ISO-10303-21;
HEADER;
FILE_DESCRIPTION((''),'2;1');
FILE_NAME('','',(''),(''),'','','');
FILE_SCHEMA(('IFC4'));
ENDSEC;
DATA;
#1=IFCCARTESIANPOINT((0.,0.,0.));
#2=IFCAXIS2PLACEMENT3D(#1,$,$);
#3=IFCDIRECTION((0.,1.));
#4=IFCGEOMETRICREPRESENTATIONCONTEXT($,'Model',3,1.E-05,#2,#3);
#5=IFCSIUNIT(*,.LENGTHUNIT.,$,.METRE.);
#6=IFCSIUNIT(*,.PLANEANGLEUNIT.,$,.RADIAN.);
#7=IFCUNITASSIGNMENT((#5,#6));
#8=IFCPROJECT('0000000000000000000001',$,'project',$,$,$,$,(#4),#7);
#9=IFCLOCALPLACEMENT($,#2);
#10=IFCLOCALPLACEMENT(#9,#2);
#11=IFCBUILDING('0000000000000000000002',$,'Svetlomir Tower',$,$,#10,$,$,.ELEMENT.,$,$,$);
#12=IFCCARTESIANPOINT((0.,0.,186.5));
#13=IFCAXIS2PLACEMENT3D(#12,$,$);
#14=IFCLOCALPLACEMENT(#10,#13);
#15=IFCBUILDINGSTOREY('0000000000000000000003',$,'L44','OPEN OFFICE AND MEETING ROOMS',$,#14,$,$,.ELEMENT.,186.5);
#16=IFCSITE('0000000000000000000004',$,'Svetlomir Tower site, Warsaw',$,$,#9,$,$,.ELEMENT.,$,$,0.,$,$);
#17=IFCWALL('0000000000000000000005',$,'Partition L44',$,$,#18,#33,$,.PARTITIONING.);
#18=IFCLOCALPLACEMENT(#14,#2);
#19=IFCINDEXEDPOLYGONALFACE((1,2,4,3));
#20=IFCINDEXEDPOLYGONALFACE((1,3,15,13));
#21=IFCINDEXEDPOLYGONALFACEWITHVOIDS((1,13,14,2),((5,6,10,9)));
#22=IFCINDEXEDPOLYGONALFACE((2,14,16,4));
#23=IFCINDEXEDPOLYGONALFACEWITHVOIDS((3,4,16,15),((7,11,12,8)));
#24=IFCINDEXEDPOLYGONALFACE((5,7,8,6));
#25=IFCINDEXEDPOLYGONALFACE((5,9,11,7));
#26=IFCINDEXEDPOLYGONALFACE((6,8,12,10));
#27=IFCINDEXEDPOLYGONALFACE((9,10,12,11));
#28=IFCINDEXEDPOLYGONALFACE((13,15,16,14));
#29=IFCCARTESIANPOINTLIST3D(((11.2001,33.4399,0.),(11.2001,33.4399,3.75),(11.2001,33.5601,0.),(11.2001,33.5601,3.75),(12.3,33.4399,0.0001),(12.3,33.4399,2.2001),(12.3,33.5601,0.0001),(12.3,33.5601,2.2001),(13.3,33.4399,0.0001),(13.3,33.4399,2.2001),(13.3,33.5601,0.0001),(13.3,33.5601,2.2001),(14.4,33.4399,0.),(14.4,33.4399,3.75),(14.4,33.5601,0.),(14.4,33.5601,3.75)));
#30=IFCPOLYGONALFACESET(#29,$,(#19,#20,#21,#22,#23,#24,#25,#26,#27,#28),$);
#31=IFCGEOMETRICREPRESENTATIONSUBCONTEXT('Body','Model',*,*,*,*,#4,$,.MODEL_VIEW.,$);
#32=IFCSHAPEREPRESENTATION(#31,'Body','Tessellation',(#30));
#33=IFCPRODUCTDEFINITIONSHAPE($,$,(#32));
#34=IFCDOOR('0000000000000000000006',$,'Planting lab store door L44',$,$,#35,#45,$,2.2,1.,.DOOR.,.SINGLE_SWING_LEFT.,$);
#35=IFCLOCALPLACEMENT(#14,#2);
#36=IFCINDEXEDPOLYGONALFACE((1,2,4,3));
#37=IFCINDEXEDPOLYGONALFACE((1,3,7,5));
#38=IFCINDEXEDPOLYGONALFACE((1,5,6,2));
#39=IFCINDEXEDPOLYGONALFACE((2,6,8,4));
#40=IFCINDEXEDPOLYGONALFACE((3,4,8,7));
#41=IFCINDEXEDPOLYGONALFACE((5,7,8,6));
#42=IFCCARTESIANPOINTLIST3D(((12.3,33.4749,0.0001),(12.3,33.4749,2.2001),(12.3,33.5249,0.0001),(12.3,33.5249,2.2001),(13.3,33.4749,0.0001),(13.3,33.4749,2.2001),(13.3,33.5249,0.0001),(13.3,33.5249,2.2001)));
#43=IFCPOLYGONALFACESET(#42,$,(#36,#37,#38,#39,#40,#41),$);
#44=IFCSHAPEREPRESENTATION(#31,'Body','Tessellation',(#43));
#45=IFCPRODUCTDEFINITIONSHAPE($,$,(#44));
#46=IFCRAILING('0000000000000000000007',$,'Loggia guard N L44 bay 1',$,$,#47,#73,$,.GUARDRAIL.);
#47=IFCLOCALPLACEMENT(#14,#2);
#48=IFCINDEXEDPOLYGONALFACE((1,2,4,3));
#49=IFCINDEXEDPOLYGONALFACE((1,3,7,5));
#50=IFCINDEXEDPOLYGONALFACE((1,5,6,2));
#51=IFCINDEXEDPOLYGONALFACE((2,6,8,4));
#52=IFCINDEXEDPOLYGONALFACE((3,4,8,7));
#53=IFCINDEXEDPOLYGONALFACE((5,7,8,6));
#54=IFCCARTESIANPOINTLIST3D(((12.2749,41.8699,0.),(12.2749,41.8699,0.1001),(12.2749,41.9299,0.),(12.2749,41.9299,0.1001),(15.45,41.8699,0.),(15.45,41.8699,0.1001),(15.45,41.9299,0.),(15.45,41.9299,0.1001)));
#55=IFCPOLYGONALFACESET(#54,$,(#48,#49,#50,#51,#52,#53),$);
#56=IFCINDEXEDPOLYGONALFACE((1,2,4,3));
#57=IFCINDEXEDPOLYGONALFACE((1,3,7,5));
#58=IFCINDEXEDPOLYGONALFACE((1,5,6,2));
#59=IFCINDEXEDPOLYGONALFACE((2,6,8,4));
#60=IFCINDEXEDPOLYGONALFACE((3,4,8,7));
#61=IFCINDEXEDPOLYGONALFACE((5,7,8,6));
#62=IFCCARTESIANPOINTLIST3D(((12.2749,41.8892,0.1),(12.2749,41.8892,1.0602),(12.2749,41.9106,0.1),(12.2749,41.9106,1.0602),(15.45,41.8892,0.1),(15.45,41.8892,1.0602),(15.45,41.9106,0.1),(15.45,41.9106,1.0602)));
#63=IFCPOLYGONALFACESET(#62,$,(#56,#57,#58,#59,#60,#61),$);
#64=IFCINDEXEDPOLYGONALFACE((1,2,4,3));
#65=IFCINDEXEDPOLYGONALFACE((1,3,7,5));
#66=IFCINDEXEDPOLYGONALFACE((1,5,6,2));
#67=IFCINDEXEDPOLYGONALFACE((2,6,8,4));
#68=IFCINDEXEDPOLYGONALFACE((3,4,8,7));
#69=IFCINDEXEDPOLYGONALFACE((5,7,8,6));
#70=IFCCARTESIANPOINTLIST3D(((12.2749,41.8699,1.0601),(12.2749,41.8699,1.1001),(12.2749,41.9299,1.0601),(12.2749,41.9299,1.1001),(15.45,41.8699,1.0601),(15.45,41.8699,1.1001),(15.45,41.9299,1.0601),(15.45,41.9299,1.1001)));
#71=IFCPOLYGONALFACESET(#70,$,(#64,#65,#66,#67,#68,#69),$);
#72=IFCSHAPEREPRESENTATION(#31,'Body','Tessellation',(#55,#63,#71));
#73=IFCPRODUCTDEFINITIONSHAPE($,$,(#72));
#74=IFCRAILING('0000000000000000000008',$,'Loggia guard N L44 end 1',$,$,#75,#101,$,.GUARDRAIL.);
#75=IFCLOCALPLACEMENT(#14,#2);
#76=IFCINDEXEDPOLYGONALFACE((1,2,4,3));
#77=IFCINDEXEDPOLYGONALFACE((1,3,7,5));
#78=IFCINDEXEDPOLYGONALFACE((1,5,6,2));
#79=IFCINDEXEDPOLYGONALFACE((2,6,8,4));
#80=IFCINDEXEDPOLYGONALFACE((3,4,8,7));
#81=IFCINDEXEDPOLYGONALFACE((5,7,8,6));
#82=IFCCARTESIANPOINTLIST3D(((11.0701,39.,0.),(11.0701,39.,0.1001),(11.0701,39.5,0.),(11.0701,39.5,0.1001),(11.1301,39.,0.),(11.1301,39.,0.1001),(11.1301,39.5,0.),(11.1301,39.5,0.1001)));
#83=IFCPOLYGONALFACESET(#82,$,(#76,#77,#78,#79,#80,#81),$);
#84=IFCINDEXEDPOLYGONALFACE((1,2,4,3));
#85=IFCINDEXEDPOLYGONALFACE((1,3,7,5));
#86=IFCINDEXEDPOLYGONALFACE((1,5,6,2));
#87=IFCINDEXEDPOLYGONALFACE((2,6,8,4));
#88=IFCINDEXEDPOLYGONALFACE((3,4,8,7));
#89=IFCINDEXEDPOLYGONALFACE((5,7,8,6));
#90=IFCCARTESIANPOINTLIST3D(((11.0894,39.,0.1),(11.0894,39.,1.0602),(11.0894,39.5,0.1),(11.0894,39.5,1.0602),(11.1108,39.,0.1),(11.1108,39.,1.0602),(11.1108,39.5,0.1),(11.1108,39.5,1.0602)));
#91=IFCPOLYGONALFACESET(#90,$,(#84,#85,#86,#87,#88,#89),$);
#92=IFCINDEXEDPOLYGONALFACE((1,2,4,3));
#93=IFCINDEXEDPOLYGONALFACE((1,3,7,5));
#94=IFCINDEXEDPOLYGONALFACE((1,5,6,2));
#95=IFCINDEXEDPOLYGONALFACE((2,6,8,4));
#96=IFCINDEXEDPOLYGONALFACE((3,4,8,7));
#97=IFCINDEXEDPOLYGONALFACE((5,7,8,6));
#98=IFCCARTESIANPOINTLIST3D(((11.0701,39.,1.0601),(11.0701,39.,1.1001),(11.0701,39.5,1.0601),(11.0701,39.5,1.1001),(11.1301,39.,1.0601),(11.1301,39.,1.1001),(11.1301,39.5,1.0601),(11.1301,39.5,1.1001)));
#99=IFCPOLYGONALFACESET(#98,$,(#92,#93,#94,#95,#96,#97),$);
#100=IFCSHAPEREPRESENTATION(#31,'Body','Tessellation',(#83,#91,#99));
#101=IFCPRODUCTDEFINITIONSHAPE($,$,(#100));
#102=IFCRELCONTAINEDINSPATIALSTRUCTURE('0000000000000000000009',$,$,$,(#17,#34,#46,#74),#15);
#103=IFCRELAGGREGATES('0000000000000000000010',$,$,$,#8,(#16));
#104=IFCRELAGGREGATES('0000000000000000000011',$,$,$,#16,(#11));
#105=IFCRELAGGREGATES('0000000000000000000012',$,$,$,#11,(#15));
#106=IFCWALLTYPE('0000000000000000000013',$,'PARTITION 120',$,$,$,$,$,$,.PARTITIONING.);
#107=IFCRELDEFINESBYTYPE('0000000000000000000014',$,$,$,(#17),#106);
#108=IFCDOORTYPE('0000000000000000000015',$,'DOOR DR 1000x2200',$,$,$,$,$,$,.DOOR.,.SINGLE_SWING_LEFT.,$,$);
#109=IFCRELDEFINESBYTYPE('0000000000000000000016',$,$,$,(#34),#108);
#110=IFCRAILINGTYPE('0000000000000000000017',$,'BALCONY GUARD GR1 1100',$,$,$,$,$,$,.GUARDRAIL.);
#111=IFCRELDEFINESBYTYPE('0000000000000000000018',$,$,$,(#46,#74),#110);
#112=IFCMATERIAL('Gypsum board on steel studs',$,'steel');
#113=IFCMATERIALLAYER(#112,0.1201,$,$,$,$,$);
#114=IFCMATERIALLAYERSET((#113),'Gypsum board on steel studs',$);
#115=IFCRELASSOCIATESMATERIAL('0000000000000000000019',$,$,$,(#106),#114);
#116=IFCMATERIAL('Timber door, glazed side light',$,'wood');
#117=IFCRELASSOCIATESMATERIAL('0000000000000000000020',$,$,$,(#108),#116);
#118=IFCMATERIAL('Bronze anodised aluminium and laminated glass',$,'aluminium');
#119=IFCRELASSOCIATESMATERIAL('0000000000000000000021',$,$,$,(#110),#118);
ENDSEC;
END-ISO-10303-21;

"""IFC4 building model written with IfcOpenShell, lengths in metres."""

from ifc_helpers import new_model, si_unit, direction, frame, frame_2d, origin, origin_2d, place, context, subcontext, project, spatial, rectangle, extrude, material, layer, layer_set, type_object, element, fill, save


model = new_model("IFC4")

# Units and contexts
model_context = context("Model", 3, precision=1e-05, world=origin(), true_north=direction((0.0, 1.0)))
body_context = subcontext(model_context, "Body", "Model", "MODEL_VIEW")
ifc_project = project(units=[si_unit("LENGTHUNIT", "METRE"), si_unit("PLANEANGLEUNIT", "RADIAN")], contexts=[model_context])

# Site, building, storey
site_placement = place(None, origin())
site = spatial("IfcSite", under=ifc_project, at=site_placement, Name="Svetlomir Tower site, Warsaw", CompositionType="ELEMENT", RefElevation=0.0)
building_placement = place(site_placement, origin())
building = spatial("IfcBuilding", under=site, at=building_placement, Name="Svetlomir Tower", CompositionType="ELEMENT")
storey_placement = place(building_placement, frame((0.0, 0.0, 186.5)))
storey = spatial("IfcBuildingStorey", under=building, at=storey_placement, Name="L44", Description="OPEN OFFICE AND MEETING ROOMS", CompositionType="ELEMENT", Elevation=186.5)

# Wall, opening, door
ifc_material_1 = material(Name="Gypsum board on steel studs", Category="steel")
ifc_layer_1 = layer(ifc_material_1, 0.1201)
ifc_layer_set_1 = layer_set([ifc_layer_1], Name="Gypsum board on steel studs")
wall_type = type_object("IfcWallType", Name="PARTITION 120", PredefinedType="PARTITIONING", material=ifc_layer_set_1)
wall_placement = place(storey_placement, frame((11.2, 33.5, 0.0), z_axis=(0.0, 0.0, 1.0), x_axis=(1.0, 0.0, 0.0)))
wall = element("IfcWall", 1, at=wall_placement, inside=storey, type_object=wall_type, Name="Partition L44", PredefinedType="PARTITIONING", context=body_context, shape_type="SweptSolid", body=[
    extrude(rectangle(XDim=3.2, YDim=0.1201, at=frame_2d((1.6001, 0.0))), origin(), (0.0, 0.0, 1.0), 3.75),
])
opening_placement = place(wall_placement, frame((1.1001, 0.0, 0.0)))
opening = element("IfcOpeningElement", 2, at=opening_placement, cuts=wall, PredefinedType="OPENING", context=body_context, shape_type="SweptSolid", body=[
    extrude(rectangle(XDim=1.0, YDim=2.2, at=frame_2d((0.5, 1.1001))), frame((0.0, 0.0701, 0.0), z_axis=(0.0, -1.0, 0.0), x_axis=(1.0, 0.0, 0.0)), (0.0, 0.0, 1.0), 0.1401),
])
ifc_material_2 = material(Name="Timber door, glazed side light", Category="wood")
door_type = type_object("IfcDoorType", Name="DOOR DR 1000x2200", OperationType="SINGLE_SWING_LEFT", PredefinedType="DOOR", material=ifc_material_2)
door_placement = place(opening_placement, origin())
door = element("IfcDoor", 3, at=door_placement, inside=storey, type_object=door_type, Name="Planting lab store door L44", OperationType="SINGLE_SWING_LEFT", OverallHeight=2.2, OverallWidth=1.0, PredefinedType="DOOR", context=body_context, shape_type="SweptSolid", body=[
    extrude(rectangle(XDim=1.0, YDim=2.2, at=frame_2d((0.5, 1.1001))), frame((0.0, 0.0249, 0.0), z_axis=(0.0, -1.0, 0.0), x_axis=(1.0, 0.0, 0.0)), (0.0, 0.0, 1.0), 0.05),
])
fill(opening, door)

# Railings
ifc_material_3 = material(Name="Bronze anodised aluminium and laminated glass", Category="aluminium")
railing_type = type_object("IfcRailingType", Name="BALCONY GUARD GR1 1100", PredefinedType="GUARDRAIL", material=ifc_material_3)
railing_1_placement = place(storey_placement, frame((12.2749, 41.8999, 0.0)))
element("IfcRailing", 4, at=railing_1_placement, inside=storey, type_object=railing_type, Name="Loggia guard N L44 bay 1", PredefinedType="GUARDRAIL", context=body_context, shape_type="SweptSolid", body=[
    extrude(rectangle(XDim=0.0601, YDim=0.1001, at=origin_2d()), frame((0.0, 0.0, 0.05), z_axis=(1.0, 0.0, 0.0), x_axis=(0.0, 1.0, 0.0)), (0.0, 0.0, 1.0), 3.175),
    extrude(rectangle(XDim=0.0215, YDim=0.9602, at=origin_2d()), frame((0.0, 0.0, 0.5801), z_axis=(1.0, 0.0, 0.0), x_axis=(0.0, 1.0, 0.0)), (0.0, 0.0, 1.0), 3.175),
    extrude(rectangle(XDim=0.0601, YDim=0.04, at=origin_2d()), frame((0.0, 0.0, 1.0801), z_axis=(1.0, 0.0, 0.0), x_axis=(0.0, 1.0, 0.0)), (0.0, 0.0, 1.0), 3.175),
])
railing_2_placement = place(storey_placement, frame((11.1001, 39.5, 0.0)))
element("IfcRailing", 5, at=railing_2_placement, inside=storey, type_object=railing_type, Name="Loggia guard N L44 end 1", PredefinedType="GUARDRAIL", context=body_context, shape_type="SweptSolid", body=[
    extrude(rectangle(XDim=0.0601, YDim=0.1001, at=origin_2d()), frame((0.0, 0.0, 0.05), z_axis=(0.0, -1.0, 0.0), x_axis=(1.0, 0.0, 0.0)), (0.0, 0.0, 1.0), 0.5),
    extrude(rectangle(XDim=0.0215, YDim=0.9602, at=origin_2d()), frame((0.0, 0.0, 0.5801), z_axis=(0.0, -1.0, 0.0), x_axis=(1.0, 0.0, 0.0)), (0.0, 0.0, 1.0), 0.5),
    extrude(rectangle(XDim=0.0601, YDim=0.04, at=origin_2d()), frame((0.0, 0.0, 1.0801), z_axis=(0.0, -1.0, 0.0), x_axis=(1.0, 0.0, 0.0)), (0.0, 0.0, 1.0), 0.5),
])

save(model, "model.ifc")
